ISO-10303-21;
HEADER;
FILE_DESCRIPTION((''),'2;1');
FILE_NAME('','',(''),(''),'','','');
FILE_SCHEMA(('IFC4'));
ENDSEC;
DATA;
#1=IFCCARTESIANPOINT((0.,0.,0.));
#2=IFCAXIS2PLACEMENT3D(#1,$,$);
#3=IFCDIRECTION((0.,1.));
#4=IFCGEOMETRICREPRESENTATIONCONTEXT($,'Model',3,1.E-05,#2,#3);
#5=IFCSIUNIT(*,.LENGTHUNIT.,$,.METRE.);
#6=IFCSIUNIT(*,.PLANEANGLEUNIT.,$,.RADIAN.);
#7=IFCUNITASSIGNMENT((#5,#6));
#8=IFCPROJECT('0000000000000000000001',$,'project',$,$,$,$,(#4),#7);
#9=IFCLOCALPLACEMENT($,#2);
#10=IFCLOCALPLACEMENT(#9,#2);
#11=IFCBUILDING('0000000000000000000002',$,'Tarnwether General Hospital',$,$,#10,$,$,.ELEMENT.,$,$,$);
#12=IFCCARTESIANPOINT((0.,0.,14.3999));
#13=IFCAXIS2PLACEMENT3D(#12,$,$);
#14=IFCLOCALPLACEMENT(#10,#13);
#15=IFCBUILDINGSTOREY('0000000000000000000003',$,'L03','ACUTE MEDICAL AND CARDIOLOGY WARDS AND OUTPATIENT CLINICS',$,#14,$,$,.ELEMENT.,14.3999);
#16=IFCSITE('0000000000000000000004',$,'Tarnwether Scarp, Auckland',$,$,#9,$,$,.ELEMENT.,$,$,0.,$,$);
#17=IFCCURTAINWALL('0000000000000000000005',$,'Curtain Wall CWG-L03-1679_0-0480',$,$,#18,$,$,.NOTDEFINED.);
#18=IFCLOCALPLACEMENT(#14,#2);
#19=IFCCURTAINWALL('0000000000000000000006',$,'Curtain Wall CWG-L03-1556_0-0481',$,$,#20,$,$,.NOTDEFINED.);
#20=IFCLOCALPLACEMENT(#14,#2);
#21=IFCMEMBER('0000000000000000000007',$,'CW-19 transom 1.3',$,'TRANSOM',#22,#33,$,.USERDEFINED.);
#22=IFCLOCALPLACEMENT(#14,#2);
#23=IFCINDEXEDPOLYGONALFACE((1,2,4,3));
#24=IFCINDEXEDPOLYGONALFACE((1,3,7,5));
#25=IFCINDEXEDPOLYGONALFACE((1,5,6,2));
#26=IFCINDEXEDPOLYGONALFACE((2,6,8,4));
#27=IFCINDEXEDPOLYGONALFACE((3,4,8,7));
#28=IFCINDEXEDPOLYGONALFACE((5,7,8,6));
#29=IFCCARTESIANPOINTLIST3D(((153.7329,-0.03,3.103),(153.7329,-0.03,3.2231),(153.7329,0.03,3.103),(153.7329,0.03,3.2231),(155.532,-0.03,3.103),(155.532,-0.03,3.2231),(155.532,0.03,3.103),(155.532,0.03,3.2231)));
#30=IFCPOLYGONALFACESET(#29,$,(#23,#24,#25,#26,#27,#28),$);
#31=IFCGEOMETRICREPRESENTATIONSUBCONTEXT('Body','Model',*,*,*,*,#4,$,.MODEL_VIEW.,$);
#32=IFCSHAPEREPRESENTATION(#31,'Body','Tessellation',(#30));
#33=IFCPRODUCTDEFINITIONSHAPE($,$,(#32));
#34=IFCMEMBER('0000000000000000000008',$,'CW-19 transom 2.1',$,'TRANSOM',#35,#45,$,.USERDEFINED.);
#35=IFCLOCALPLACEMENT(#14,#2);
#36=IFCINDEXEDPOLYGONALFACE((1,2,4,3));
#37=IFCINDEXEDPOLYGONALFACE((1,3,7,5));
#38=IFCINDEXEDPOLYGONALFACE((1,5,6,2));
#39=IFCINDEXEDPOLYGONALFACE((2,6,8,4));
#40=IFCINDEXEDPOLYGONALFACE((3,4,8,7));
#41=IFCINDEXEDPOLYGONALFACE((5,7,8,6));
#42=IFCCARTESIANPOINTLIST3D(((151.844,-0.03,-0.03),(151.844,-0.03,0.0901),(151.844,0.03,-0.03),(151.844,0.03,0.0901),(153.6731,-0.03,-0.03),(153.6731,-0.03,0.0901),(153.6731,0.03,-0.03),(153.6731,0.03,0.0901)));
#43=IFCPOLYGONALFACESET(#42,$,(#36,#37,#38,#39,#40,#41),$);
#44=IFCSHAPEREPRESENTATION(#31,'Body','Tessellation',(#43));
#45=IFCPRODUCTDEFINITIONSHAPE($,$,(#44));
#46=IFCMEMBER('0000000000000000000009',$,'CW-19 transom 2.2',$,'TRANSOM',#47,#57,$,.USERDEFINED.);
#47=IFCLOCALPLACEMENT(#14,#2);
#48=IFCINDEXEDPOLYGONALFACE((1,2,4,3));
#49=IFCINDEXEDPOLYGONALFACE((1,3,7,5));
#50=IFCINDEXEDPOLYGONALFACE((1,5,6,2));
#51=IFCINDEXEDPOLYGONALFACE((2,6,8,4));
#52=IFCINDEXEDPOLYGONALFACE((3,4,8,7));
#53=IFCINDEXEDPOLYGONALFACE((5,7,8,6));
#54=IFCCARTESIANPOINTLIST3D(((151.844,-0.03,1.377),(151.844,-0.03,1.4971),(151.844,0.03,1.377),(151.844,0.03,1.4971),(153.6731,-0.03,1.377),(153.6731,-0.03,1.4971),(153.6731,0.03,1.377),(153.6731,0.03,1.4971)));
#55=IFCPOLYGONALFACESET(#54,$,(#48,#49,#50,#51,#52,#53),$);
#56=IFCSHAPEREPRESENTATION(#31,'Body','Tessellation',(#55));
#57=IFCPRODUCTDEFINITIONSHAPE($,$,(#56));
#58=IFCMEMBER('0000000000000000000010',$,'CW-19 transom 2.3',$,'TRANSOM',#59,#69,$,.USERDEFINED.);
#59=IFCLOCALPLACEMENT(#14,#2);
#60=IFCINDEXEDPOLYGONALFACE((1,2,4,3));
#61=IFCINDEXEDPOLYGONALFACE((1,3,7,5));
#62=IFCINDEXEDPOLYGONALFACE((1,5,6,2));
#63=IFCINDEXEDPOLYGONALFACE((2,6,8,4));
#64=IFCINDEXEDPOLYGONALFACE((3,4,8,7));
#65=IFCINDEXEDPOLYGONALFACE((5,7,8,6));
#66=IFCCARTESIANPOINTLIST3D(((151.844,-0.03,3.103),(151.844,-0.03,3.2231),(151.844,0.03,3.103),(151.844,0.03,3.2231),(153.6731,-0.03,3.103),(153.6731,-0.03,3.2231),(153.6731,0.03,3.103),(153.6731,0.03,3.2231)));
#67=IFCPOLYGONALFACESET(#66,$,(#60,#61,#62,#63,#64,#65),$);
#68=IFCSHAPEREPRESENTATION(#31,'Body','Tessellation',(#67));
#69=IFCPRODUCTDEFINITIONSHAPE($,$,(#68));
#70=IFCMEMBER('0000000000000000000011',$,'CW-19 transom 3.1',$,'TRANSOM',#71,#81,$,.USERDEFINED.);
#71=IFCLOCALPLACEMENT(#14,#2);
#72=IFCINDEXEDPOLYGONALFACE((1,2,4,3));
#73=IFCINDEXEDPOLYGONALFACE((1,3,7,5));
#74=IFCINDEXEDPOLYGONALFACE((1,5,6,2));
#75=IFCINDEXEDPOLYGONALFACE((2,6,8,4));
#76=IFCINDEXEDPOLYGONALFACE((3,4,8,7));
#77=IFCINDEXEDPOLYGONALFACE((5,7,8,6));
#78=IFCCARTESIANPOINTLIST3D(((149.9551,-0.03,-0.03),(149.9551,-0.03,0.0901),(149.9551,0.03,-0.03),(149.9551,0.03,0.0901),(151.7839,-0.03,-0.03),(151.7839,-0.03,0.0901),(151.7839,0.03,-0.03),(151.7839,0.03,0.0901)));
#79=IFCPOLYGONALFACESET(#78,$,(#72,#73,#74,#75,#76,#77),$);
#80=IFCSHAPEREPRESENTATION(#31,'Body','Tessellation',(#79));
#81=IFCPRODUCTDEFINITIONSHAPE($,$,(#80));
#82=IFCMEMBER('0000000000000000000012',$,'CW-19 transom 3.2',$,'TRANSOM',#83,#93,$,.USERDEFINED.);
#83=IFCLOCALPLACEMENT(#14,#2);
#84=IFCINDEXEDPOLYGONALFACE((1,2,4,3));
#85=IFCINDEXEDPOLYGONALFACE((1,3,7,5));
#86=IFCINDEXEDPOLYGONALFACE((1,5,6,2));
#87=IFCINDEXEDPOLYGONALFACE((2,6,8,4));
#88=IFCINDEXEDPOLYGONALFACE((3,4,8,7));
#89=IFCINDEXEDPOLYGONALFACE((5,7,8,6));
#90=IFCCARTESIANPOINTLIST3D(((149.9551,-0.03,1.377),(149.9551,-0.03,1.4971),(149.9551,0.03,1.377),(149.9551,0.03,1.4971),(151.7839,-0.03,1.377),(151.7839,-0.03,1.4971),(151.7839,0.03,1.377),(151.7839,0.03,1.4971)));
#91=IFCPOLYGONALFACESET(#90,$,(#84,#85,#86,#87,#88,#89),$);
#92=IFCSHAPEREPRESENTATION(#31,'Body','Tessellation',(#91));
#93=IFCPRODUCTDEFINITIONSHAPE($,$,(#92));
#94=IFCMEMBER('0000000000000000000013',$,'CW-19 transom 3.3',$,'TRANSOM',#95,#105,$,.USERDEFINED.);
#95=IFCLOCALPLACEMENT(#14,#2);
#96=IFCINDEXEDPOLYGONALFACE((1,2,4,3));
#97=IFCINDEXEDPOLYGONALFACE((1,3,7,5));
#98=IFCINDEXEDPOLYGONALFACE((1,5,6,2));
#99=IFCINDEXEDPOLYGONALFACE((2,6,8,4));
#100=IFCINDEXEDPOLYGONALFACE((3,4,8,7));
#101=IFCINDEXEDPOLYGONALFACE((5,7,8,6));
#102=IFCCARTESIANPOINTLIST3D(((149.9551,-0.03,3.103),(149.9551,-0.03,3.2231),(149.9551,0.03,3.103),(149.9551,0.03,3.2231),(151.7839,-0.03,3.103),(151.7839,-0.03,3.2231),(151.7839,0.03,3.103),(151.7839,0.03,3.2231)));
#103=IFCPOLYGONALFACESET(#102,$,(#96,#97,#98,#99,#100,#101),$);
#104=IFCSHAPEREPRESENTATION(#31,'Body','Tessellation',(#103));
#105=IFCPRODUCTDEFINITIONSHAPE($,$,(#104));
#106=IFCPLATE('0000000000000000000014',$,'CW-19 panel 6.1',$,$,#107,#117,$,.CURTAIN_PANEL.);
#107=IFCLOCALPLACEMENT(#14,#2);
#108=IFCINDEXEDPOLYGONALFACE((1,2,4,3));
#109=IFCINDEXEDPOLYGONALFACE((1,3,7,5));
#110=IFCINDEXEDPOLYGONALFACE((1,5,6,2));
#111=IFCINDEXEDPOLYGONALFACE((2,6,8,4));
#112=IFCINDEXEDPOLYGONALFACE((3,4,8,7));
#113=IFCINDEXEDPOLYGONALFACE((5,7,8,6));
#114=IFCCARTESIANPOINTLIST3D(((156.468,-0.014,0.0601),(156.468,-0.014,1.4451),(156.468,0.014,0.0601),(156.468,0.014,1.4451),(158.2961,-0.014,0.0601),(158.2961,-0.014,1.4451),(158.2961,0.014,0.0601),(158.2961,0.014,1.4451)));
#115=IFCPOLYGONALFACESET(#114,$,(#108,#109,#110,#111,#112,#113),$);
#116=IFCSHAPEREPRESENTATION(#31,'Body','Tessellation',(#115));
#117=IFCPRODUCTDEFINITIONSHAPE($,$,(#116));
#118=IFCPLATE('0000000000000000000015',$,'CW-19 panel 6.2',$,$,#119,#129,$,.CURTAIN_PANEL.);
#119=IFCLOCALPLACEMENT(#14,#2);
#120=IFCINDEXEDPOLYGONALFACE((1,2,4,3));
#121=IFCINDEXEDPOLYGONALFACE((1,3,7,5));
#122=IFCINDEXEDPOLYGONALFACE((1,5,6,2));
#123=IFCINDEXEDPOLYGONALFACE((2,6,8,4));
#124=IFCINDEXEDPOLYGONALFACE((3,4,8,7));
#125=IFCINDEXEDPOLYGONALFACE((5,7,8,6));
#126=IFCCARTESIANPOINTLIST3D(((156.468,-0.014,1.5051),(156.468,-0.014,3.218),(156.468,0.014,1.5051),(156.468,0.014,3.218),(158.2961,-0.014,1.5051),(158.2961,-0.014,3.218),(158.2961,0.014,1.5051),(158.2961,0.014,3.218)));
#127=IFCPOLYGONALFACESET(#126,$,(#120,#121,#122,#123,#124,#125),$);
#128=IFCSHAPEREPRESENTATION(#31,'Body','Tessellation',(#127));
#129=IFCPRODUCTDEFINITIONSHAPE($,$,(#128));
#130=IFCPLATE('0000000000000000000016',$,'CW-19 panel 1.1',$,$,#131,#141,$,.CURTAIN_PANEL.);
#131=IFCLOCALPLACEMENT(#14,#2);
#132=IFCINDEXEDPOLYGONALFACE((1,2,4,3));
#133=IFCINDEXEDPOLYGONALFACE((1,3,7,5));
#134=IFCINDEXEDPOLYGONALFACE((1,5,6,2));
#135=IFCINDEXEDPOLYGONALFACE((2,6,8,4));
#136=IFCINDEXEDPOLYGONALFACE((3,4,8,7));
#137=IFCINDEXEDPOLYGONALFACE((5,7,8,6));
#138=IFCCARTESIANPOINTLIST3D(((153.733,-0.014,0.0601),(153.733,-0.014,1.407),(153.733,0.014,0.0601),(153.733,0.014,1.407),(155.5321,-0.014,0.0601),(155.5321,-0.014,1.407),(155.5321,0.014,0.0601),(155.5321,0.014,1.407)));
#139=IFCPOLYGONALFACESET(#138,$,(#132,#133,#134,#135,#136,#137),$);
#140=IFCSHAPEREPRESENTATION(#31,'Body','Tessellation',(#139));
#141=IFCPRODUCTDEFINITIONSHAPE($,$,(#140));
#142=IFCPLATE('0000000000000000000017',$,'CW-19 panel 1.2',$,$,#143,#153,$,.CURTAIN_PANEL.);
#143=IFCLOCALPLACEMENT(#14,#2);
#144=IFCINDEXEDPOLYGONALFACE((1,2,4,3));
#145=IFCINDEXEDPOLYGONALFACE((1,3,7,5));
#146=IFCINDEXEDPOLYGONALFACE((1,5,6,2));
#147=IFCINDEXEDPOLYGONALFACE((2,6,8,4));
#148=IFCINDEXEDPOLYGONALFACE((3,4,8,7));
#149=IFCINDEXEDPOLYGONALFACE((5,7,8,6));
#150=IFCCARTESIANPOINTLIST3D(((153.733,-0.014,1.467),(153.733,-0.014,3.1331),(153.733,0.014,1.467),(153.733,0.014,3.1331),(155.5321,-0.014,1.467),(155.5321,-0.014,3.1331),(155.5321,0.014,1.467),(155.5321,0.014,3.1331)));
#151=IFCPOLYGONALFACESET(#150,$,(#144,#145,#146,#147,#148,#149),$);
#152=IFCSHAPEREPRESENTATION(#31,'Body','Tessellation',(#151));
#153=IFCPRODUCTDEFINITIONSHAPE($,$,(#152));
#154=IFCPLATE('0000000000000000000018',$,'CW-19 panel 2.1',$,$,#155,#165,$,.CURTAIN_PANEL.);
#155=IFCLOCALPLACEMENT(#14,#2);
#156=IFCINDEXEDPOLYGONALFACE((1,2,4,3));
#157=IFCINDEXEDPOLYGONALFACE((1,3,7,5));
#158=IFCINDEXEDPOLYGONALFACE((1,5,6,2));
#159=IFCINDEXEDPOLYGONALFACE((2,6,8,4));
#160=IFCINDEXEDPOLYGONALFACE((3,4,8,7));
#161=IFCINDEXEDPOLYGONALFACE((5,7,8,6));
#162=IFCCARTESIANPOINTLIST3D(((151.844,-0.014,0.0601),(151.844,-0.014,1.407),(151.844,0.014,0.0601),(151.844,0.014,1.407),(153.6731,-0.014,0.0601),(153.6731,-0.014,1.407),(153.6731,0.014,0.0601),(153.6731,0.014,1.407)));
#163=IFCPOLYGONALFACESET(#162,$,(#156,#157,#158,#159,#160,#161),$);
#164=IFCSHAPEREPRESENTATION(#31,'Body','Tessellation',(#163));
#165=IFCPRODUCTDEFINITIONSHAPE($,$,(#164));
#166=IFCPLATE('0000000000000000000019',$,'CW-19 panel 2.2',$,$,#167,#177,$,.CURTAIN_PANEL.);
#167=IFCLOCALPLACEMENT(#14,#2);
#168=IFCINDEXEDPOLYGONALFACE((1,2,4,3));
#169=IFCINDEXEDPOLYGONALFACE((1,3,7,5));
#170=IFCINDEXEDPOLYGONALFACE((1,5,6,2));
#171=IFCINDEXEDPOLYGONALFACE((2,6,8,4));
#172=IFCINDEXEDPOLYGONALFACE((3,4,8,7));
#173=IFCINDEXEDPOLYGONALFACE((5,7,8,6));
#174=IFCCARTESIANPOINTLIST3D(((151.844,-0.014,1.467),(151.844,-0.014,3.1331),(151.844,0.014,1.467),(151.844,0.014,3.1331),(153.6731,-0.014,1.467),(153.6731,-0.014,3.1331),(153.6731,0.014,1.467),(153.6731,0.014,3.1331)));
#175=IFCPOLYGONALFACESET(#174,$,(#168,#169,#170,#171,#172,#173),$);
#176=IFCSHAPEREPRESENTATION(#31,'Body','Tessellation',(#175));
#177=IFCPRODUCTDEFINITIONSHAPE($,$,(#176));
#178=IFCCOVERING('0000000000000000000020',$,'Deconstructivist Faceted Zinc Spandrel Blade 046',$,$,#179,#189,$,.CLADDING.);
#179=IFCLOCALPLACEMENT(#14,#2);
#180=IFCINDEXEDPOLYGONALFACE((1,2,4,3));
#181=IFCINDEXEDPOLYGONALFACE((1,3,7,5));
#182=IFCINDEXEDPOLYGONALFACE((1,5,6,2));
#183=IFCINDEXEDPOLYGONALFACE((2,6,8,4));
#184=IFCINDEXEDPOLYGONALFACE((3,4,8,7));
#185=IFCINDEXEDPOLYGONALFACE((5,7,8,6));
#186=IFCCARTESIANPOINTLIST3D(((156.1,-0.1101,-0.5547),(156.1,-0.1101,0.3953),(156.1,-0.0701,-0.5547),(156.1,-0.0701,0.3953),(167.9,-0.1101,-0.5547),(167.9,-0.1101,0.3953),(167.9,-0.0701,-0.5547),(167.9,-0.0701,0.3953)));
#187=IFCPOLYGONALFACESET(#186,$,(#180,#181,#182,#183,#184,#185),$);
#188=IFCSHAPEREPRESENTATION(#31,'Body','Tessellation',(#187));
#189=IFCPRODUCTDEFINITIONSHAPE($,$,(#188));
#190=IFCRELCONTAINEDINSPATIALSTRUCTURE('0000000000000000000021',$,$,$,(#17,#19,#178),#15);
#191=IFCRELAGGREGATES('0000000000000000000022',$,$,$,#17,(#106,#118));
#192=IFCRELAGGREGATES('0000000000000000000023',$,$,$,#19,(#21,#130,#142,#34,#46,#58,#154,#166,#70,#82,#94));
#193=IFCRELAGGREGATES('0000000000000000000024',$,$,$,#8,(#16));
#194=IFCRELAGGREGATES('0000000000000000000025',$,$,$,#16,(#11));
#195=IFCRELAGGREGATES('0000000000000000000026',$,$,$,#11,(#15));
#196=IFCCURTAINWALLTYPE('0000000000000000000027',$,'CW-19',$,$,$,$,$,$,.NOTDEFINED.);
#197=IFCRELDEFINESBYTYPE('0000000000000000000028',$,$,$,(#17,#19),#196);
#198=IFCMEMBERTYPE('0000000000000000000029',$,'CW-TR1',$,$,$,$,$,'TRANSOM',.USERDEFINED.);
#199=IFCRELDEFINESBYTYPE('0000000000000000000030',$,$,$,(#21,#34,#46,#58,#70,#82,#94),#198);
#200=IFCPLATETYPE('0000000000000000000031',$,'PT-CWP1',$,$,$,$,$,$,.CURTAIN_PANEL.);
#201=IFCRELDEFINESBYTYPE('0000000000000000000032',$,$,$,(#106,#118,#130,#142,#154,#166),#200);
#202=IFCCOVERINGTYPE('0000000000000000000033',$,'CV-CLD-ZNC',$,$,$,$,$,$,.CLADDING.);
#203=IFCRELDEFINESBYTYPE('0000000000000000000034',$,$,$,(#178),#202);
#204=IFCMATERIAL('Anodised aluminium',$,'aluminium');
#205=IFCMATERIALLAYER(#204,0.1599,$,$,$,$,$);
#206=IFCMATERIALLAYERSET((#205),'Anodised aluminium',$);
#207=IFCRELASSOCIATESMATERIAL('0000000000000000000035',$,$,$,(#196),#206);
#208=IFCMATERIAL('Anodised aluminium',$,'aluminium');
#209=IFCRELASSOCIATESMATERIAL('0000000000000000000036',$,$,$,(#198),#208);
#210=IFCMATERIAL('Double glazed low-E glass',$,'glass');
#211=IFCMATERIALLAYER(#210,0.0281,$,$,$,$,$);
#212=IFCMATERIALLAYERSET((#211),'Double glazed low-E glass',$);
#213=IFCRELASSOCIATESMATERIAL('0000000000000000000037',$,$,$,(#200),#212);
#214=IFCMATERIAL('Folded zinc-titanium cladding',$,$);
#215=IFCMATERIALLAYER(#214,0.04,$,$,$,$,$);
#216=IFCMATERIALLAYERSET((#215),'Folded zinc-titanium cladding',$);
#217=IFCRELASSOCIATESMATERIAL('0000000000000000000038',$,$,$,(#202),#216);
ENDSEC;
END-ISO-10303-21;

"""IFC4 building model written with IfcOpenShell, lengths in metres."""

from ifc_helpers import new_model, si_unit, direction, frame, origin, origin_2d, place, context, subcontext, project, spatial, rectangle, extrude, material, layer, layer_set, material_profile, profile_set, type_object, element, aggregate, save


model = new_model("IFC4")

# Units and contexts
model_context = context("Model", 3, precision=1e-05, world=origin(), true_north=direction((0.0, 1.0)))
body_context = subcontext(model_context, "Body", "Model", "MODEL_VIEW")
ifc_project = project(units=[si_unit("LENGTHUNIT", "METRE"), si_unit("PLANEANGLEUNIT", "RADIAN")], contexts=[model_context])

# Site, building, storey
site_placement = place(None, origin())
site = spatial("IfcSite", under=ifc_project, at=site_placement, Name="Tarnwether Scarp, Auckland", CompositionType="ELEMENT", RefElevation=0.0)
building_placement = place(site_placement, origin())
building = spatial("IfcBuilding", under=site, at=building_placement, Name="Tarnwether General Hospital", CompositionType="ELEMENT")
storey_placement = place(building_placement, frame((0.0, 0.0, 14.3999)))
storey = spatial("IfcBuildingStorey", under=building, at=storey_placement, Name="L03", Description="ACUTE MEDICAL AND CARDIOLOGY WARDS AND OUTPATIENT CLINICS", CompositionType="ELEMENT", Elevation=14.3999)

# Curtain wall
ifc_material_1 = material(Name="Anodised aluminium", Category="aluminium")
ifc_layer_1 = layer(ifc_material_1, 0.1599)
ifc_layer_set_1 = layer_set([ifc_layer_1], Name="Anodised aluminium")
curtain_wall_type = type_object("IfcCurtainWallType", Name="CW-19", PredefinedType="NOTDEFINED", material=ifc_layer_set_1)
curtain_wall_1_placement = place(storey_placement, origin())
curtain_wall_1 = element("IfcCurtainWall", 1, at=curtain_wall_1_placement, inside=storey, type_object=curtain_wall_type, Name="Curtain Wall CWG-L03-1679_0-0480", PredefinedType="NOTDEFINED")

# Curtain wall
curtain_wall_2_placement = place(storey_placement, origin())
curtain_wall_2 = element("IfcCurtainWall", 2, at=curtain_wall_2_placement, inside=storey, type_object=curtain_wall_type, Name="Curtain Wall CWG-L03-1556_0-0481", PredefinedType="NOTDEFINED")

# Members
ifc_material_2 = material(Name="Anodised aluminium", Category="aluminium")
ifc_material_profile_1 = material_profile(ifc_material_2, rectangle(XDim=0.0601, YDim=0.1201, at=origin_2d()), Name="ALU-TRN-60x120")
ifc_profile_set_1 = profile_set([ifc_material_profile_1], Name="Anodised aluminium")
member_type_1 = type_object("IfcMemberType", Name="CW-TR1", ElementType="TRANSOM", PredefinedType="USERDEFINED", material=ifc_profile_set_1)
member_1_placement = place(storey_placement, frame((155.532, 0.0, 3.1631), z_axis=(-1.0, 0.0, 0.0), x_axis=(0.0, -1.0, 0.0)))
member_1 = element("IfcMember", 3, at=member_1_placement, type_object=member_type_1, Name="CW-19 transom 1.3", ObjectType="TRANSOM", PredefinedType="USERDEFINED", context=body_context, shape_type="SweptSolid", body=[
    extrude(rectangle(XDim=0.0601, YDim=0.1201, at=origin_2d()), origin(), (0.0, 0.0, 1.0), 1.7991),
])
member_2_placement = place(storey_placement, frame((153.6731, 0.0, 0.03), z_axis=(-1.0, 0.0, 0.0), x_axis=(0.0, -1.0, 0.0)))
member_2 = element("IfcMember", 4, at=member_2_placement, type_object=member_type_1, Name="CW-19 transom 2.1", ObjectType="TRANSOM", PredefinedType="USERDEFINED", context=body_context, shape_type="SweptSolid", body=[
    extrude(rectangle(XDim=0.0601, YDim=0.1201, at=origin_2d()), origin(), (0.0, 0.0, 1.0), 1.8291),
])
member_3_placement = place(storey_placement, frame((153.6731, 0.0, 1.437), z_axis=(-1.0, 0.0, 0.0), x_axis=(0.0, -1.0, 0.0)))
member_3 = element("IfcMember", 5, at=member_3_placement, type_object=member_type_1, Name="CW-19 transom 2.2", ObjectType="TRANSOM", PredefinedType="USERDEFINED", context=body_context, shape_type="SweptSolid", body=[
    extrude(rectangle(XDim=0.0601, YDim=0.1201, at=origin_2d()), origin(), (0.0, 0.0, 1.0), 1.8291),
])
member_4_placement = place(storey_placement, frame((153.6731, 0.0, 3.1631), z_axis=(-1.0, 0.0, 0.0), x_axis=(0.0, -1.0, 0.0)))
member_4 = element("IfcMember", 6, at=member_4_placement, type_object=member_type_1, Name="CW-19 transom 2.3", ObjectType="TRANSOM", PredefinedType="USERDEFINED", context=body_context, shape_type="SweptSolid", body=[
    extrude(rectangle(XDim=0.0601, YDim=0.1201, at=origin_2d()), origin(), (0.0, 0.0, 1.0), 1.8291),
])
member_5_placement = place(storey_placement, frame((151.7839, 0.0, 0.03), z_axis=(-1.0, 0.0, 0.0), x_axis=(0.0, -1.0, 0.0)))
member_5 = element("IfcMember", 7, at=member_5_placement, type_object=member_type_1, Name="CW-19 transom 3.1", ObjectType="TRANSOM", PredefinedType="USERDEFINED", context=body_context, shape_type="SweptSolid", body=[
    extrude(rectangle(XDim=0.0601, YDim=0.1201, at=origin_2d()), origin(), (0.0, 0.0, 1.0), 1.8289),
])
member_6_placement = place(storey_placement, frame((151.7839, 0.0, 1.437), z_axis=(-1.0, 0.0, 0.0), x_axis=(0.0, -1.0, 0.0)))
member_6 = element("IfcMember", 8, at=member_6_placement, type_object=member_type_1, Name="CW-19 transom 3.2", ObjectType="TRANSOM", PredefinedType="USERDEFINED", context=body_context, shape_type="SweptSolid", body=[
    extrude(rectangle(XDim=0.0601, YDim=0.1201, at=origin_2d()), origin(), (0.0, 0.0, 1.0), 1.8289),
])
member_7_placement = place(storey_placement, frame((151.7839, 0.0, 3.1631), z_axis=(-1.0, 0.0, 0.0), x_axis=(0.0, -1.0, 0.0)))
member_7 = element("IfcMember", 9, at=member_7_placement, type_object=member_type_1, Name="CW-19 transom 3.3", ObjectType="TRANSOM", PredefinedType="USERDEFINED", context=body_context, shape_type="SweptSolid", body=[
    extrude(rectangle(XDim=0.0601, YDim=0.1201, at=origin_2d()), origin(), (0.0, 0.0, 1.0), 1.8289),
])

# Plates
ifc_material_3 = material(Name="Double glazed low-E glass", Category="glass")
ifc_layer_2 = layer(ifc_material_3, 0.0281)
ifc_layer_set_2 = layer_set([ifc_layer_2], Name="Double glazed low-E glass")
plate_type = type_object("IfcPlateType", Name="PT-CWP1", PredefinedType="CURTAIN_PANEL", material=ifc_layer_set_2)
plate_1_placement = place(storey_placement, frame((157.3821, 0.0, 0.0601), z_axis=(0.0, 0.0, 1.0), x_axis=(-1.0, 0.0, 0.0)))
plate_1 = element("IfcPlate", 10, at=plate_1_placement, type_object=plate_type, Name="CW-19 panel 6.1", PredefinedType="CURTAIN_PANEL", context=body_context, shape_type="SweptSolid", body=[
    extrude(rectangle(XDim=1.8281, YDim=0.0281, at=origin_2d()), origin(), (0.0, 0.0, 1.0), 1.385),
])
plate_2_placement = place(storey_placement, frame((157.3821, 0.0, 1.5051), z_axis=(0.0, 0.0, 1.0), x_axis=(-1.0, 0.0, 0.0)))
plate_2 = element("IfcPlate", 11, at=plate_2_placement, type_object=plate_type, Name="CW-19 panel 6.2", PredefinedType="CURTAIN_PANEL", context=body_context, shape_type="SweptSolid", body=[
    extrude(rectangle(XDim=1.8281, YDim=0.0281, at=origin_2d()), origin(), (0.0, 0.0, 1.0), 1.7129),
])
aggregate(curtain_wall_1, [plate_1, plate_2])
plate_3_placement = place(storey_placement, frame((154.6326, 0.0, 0.0601), z_axis=(0.0, 0.0, 1.0), x_axis=(-1.0, 0.0, 0.0)))
plate_3 = element("IfcPlate", 12, at=plate_3_placement, type_object=plate_type, Name="CW-19 panel 1.1", PredefinedType="CURTAIN_PANEL", context=body_context, shape_type="SweptSolid", body=[
    extrude(rectangle(XDim=1.7991, YDim=0.0281, at=origin_2d()), origin(), (0.0, 0.0, 1.0), 1.3469),
])
plate_4_placement = place(storey_placement, frame((154.6326, 0.0, 1.467), z_axis=(0.0, 0.0, 1.0), x_axis=(-1.0, 0.0, 0.0)))
plate_4 = element("IfcPlate", 13, at=plate_4_placement, type_object=plate_type, Name="CW-19 panel 1.2", PredefinedType="CURTAIN_PANEL", context=body_context, shape_type="SweptSolid", body=[
    extrude(rectangle(XDim=1.7991, YDim=0.0281, at=origin_2d()), origin(), (0.0, 0.0, 1.0), 1.666),
])
plate_5_placement = place(storey_placement, frame((152.7585, 0.0, 0.0601), z_axis=(0.0, 0.0, 1.0), x_axis=(-1.0, 0.0, 0.0)))
plate_5 = element("IfcPlate", 14, at=plate_5_placement, type_object=plate_type, Name="CW-19 panel 2.1", PredefinedType="CURTAIN_PANEL", context=body_context, shape_type="SweptSolid", body=[
    extrude(rectangle(XDim=1.8291, YDim=0.0281, at=origin_2d()), origin(), (0.0, 0.0, 1.0), 1.3469),
])
plate_6_placement = place(storey_placement, frame((152.7585, 0.0, 1.467), z_axis=(0.0, 0.0, 1.0), x_axis=(-1.0, 0.0, 0.0)))
plate_6 = element("IfcPlate", 15, at=plate_6_placement, type_object=plate_type, Name="CW-19 panel 2.2", PredefinedType="CURTAIN_PANEL", context=body_context, shape_type="SweptSolid", body=[
    extrude(rectangle(XDim=1.8291, YDim=0.0281, at=origin_2d()), origin(), (0.0, 0.0, 1.0), 1.666),
])
aggregate(curtain_wall_2, [member_1, plate_3, plate_4, member_2, member_3, member_4, plate_5, plate_6, member_5, member_6, member_7])

# Covering
ifc_material_4 = material(Name="Folded zinc-titanium cladding")
ifc_layer_3 = layer(ifc_material_4, 0.04)
ifc_layer_set_3 = layer_set([ifc_layer_3], Name="Folded zinc-titanium cladding")
covering_type = type_object("IfcCoveringType", Name="CV-CLD-ZNC", PredefinedType="CLADDING", material=ifc_layer_set_3)
covering_placement = place(storey_placement, frame((162.0, -0.0901, -0.5547), z_axis=(0.0, 0.0, 1.0), x_axis=(1.0, 0.0, 0.0)))
element("IfcCovering", 16, at=covering_placement, inside=storey, type_object=covering_type, Name="Deconstructivist Faceted Zinc Spandrel Blade 046", PredefinedType="CLADDING", context=body_context, shape_type="SweptSolid", body=[
    extrude(rectangle(XDim=11.8, YDim=0.04, at=origin_2d()), origin(), (0.0, 0.0, 1.0), 0.95),
])

save(model, "model.ifc")
